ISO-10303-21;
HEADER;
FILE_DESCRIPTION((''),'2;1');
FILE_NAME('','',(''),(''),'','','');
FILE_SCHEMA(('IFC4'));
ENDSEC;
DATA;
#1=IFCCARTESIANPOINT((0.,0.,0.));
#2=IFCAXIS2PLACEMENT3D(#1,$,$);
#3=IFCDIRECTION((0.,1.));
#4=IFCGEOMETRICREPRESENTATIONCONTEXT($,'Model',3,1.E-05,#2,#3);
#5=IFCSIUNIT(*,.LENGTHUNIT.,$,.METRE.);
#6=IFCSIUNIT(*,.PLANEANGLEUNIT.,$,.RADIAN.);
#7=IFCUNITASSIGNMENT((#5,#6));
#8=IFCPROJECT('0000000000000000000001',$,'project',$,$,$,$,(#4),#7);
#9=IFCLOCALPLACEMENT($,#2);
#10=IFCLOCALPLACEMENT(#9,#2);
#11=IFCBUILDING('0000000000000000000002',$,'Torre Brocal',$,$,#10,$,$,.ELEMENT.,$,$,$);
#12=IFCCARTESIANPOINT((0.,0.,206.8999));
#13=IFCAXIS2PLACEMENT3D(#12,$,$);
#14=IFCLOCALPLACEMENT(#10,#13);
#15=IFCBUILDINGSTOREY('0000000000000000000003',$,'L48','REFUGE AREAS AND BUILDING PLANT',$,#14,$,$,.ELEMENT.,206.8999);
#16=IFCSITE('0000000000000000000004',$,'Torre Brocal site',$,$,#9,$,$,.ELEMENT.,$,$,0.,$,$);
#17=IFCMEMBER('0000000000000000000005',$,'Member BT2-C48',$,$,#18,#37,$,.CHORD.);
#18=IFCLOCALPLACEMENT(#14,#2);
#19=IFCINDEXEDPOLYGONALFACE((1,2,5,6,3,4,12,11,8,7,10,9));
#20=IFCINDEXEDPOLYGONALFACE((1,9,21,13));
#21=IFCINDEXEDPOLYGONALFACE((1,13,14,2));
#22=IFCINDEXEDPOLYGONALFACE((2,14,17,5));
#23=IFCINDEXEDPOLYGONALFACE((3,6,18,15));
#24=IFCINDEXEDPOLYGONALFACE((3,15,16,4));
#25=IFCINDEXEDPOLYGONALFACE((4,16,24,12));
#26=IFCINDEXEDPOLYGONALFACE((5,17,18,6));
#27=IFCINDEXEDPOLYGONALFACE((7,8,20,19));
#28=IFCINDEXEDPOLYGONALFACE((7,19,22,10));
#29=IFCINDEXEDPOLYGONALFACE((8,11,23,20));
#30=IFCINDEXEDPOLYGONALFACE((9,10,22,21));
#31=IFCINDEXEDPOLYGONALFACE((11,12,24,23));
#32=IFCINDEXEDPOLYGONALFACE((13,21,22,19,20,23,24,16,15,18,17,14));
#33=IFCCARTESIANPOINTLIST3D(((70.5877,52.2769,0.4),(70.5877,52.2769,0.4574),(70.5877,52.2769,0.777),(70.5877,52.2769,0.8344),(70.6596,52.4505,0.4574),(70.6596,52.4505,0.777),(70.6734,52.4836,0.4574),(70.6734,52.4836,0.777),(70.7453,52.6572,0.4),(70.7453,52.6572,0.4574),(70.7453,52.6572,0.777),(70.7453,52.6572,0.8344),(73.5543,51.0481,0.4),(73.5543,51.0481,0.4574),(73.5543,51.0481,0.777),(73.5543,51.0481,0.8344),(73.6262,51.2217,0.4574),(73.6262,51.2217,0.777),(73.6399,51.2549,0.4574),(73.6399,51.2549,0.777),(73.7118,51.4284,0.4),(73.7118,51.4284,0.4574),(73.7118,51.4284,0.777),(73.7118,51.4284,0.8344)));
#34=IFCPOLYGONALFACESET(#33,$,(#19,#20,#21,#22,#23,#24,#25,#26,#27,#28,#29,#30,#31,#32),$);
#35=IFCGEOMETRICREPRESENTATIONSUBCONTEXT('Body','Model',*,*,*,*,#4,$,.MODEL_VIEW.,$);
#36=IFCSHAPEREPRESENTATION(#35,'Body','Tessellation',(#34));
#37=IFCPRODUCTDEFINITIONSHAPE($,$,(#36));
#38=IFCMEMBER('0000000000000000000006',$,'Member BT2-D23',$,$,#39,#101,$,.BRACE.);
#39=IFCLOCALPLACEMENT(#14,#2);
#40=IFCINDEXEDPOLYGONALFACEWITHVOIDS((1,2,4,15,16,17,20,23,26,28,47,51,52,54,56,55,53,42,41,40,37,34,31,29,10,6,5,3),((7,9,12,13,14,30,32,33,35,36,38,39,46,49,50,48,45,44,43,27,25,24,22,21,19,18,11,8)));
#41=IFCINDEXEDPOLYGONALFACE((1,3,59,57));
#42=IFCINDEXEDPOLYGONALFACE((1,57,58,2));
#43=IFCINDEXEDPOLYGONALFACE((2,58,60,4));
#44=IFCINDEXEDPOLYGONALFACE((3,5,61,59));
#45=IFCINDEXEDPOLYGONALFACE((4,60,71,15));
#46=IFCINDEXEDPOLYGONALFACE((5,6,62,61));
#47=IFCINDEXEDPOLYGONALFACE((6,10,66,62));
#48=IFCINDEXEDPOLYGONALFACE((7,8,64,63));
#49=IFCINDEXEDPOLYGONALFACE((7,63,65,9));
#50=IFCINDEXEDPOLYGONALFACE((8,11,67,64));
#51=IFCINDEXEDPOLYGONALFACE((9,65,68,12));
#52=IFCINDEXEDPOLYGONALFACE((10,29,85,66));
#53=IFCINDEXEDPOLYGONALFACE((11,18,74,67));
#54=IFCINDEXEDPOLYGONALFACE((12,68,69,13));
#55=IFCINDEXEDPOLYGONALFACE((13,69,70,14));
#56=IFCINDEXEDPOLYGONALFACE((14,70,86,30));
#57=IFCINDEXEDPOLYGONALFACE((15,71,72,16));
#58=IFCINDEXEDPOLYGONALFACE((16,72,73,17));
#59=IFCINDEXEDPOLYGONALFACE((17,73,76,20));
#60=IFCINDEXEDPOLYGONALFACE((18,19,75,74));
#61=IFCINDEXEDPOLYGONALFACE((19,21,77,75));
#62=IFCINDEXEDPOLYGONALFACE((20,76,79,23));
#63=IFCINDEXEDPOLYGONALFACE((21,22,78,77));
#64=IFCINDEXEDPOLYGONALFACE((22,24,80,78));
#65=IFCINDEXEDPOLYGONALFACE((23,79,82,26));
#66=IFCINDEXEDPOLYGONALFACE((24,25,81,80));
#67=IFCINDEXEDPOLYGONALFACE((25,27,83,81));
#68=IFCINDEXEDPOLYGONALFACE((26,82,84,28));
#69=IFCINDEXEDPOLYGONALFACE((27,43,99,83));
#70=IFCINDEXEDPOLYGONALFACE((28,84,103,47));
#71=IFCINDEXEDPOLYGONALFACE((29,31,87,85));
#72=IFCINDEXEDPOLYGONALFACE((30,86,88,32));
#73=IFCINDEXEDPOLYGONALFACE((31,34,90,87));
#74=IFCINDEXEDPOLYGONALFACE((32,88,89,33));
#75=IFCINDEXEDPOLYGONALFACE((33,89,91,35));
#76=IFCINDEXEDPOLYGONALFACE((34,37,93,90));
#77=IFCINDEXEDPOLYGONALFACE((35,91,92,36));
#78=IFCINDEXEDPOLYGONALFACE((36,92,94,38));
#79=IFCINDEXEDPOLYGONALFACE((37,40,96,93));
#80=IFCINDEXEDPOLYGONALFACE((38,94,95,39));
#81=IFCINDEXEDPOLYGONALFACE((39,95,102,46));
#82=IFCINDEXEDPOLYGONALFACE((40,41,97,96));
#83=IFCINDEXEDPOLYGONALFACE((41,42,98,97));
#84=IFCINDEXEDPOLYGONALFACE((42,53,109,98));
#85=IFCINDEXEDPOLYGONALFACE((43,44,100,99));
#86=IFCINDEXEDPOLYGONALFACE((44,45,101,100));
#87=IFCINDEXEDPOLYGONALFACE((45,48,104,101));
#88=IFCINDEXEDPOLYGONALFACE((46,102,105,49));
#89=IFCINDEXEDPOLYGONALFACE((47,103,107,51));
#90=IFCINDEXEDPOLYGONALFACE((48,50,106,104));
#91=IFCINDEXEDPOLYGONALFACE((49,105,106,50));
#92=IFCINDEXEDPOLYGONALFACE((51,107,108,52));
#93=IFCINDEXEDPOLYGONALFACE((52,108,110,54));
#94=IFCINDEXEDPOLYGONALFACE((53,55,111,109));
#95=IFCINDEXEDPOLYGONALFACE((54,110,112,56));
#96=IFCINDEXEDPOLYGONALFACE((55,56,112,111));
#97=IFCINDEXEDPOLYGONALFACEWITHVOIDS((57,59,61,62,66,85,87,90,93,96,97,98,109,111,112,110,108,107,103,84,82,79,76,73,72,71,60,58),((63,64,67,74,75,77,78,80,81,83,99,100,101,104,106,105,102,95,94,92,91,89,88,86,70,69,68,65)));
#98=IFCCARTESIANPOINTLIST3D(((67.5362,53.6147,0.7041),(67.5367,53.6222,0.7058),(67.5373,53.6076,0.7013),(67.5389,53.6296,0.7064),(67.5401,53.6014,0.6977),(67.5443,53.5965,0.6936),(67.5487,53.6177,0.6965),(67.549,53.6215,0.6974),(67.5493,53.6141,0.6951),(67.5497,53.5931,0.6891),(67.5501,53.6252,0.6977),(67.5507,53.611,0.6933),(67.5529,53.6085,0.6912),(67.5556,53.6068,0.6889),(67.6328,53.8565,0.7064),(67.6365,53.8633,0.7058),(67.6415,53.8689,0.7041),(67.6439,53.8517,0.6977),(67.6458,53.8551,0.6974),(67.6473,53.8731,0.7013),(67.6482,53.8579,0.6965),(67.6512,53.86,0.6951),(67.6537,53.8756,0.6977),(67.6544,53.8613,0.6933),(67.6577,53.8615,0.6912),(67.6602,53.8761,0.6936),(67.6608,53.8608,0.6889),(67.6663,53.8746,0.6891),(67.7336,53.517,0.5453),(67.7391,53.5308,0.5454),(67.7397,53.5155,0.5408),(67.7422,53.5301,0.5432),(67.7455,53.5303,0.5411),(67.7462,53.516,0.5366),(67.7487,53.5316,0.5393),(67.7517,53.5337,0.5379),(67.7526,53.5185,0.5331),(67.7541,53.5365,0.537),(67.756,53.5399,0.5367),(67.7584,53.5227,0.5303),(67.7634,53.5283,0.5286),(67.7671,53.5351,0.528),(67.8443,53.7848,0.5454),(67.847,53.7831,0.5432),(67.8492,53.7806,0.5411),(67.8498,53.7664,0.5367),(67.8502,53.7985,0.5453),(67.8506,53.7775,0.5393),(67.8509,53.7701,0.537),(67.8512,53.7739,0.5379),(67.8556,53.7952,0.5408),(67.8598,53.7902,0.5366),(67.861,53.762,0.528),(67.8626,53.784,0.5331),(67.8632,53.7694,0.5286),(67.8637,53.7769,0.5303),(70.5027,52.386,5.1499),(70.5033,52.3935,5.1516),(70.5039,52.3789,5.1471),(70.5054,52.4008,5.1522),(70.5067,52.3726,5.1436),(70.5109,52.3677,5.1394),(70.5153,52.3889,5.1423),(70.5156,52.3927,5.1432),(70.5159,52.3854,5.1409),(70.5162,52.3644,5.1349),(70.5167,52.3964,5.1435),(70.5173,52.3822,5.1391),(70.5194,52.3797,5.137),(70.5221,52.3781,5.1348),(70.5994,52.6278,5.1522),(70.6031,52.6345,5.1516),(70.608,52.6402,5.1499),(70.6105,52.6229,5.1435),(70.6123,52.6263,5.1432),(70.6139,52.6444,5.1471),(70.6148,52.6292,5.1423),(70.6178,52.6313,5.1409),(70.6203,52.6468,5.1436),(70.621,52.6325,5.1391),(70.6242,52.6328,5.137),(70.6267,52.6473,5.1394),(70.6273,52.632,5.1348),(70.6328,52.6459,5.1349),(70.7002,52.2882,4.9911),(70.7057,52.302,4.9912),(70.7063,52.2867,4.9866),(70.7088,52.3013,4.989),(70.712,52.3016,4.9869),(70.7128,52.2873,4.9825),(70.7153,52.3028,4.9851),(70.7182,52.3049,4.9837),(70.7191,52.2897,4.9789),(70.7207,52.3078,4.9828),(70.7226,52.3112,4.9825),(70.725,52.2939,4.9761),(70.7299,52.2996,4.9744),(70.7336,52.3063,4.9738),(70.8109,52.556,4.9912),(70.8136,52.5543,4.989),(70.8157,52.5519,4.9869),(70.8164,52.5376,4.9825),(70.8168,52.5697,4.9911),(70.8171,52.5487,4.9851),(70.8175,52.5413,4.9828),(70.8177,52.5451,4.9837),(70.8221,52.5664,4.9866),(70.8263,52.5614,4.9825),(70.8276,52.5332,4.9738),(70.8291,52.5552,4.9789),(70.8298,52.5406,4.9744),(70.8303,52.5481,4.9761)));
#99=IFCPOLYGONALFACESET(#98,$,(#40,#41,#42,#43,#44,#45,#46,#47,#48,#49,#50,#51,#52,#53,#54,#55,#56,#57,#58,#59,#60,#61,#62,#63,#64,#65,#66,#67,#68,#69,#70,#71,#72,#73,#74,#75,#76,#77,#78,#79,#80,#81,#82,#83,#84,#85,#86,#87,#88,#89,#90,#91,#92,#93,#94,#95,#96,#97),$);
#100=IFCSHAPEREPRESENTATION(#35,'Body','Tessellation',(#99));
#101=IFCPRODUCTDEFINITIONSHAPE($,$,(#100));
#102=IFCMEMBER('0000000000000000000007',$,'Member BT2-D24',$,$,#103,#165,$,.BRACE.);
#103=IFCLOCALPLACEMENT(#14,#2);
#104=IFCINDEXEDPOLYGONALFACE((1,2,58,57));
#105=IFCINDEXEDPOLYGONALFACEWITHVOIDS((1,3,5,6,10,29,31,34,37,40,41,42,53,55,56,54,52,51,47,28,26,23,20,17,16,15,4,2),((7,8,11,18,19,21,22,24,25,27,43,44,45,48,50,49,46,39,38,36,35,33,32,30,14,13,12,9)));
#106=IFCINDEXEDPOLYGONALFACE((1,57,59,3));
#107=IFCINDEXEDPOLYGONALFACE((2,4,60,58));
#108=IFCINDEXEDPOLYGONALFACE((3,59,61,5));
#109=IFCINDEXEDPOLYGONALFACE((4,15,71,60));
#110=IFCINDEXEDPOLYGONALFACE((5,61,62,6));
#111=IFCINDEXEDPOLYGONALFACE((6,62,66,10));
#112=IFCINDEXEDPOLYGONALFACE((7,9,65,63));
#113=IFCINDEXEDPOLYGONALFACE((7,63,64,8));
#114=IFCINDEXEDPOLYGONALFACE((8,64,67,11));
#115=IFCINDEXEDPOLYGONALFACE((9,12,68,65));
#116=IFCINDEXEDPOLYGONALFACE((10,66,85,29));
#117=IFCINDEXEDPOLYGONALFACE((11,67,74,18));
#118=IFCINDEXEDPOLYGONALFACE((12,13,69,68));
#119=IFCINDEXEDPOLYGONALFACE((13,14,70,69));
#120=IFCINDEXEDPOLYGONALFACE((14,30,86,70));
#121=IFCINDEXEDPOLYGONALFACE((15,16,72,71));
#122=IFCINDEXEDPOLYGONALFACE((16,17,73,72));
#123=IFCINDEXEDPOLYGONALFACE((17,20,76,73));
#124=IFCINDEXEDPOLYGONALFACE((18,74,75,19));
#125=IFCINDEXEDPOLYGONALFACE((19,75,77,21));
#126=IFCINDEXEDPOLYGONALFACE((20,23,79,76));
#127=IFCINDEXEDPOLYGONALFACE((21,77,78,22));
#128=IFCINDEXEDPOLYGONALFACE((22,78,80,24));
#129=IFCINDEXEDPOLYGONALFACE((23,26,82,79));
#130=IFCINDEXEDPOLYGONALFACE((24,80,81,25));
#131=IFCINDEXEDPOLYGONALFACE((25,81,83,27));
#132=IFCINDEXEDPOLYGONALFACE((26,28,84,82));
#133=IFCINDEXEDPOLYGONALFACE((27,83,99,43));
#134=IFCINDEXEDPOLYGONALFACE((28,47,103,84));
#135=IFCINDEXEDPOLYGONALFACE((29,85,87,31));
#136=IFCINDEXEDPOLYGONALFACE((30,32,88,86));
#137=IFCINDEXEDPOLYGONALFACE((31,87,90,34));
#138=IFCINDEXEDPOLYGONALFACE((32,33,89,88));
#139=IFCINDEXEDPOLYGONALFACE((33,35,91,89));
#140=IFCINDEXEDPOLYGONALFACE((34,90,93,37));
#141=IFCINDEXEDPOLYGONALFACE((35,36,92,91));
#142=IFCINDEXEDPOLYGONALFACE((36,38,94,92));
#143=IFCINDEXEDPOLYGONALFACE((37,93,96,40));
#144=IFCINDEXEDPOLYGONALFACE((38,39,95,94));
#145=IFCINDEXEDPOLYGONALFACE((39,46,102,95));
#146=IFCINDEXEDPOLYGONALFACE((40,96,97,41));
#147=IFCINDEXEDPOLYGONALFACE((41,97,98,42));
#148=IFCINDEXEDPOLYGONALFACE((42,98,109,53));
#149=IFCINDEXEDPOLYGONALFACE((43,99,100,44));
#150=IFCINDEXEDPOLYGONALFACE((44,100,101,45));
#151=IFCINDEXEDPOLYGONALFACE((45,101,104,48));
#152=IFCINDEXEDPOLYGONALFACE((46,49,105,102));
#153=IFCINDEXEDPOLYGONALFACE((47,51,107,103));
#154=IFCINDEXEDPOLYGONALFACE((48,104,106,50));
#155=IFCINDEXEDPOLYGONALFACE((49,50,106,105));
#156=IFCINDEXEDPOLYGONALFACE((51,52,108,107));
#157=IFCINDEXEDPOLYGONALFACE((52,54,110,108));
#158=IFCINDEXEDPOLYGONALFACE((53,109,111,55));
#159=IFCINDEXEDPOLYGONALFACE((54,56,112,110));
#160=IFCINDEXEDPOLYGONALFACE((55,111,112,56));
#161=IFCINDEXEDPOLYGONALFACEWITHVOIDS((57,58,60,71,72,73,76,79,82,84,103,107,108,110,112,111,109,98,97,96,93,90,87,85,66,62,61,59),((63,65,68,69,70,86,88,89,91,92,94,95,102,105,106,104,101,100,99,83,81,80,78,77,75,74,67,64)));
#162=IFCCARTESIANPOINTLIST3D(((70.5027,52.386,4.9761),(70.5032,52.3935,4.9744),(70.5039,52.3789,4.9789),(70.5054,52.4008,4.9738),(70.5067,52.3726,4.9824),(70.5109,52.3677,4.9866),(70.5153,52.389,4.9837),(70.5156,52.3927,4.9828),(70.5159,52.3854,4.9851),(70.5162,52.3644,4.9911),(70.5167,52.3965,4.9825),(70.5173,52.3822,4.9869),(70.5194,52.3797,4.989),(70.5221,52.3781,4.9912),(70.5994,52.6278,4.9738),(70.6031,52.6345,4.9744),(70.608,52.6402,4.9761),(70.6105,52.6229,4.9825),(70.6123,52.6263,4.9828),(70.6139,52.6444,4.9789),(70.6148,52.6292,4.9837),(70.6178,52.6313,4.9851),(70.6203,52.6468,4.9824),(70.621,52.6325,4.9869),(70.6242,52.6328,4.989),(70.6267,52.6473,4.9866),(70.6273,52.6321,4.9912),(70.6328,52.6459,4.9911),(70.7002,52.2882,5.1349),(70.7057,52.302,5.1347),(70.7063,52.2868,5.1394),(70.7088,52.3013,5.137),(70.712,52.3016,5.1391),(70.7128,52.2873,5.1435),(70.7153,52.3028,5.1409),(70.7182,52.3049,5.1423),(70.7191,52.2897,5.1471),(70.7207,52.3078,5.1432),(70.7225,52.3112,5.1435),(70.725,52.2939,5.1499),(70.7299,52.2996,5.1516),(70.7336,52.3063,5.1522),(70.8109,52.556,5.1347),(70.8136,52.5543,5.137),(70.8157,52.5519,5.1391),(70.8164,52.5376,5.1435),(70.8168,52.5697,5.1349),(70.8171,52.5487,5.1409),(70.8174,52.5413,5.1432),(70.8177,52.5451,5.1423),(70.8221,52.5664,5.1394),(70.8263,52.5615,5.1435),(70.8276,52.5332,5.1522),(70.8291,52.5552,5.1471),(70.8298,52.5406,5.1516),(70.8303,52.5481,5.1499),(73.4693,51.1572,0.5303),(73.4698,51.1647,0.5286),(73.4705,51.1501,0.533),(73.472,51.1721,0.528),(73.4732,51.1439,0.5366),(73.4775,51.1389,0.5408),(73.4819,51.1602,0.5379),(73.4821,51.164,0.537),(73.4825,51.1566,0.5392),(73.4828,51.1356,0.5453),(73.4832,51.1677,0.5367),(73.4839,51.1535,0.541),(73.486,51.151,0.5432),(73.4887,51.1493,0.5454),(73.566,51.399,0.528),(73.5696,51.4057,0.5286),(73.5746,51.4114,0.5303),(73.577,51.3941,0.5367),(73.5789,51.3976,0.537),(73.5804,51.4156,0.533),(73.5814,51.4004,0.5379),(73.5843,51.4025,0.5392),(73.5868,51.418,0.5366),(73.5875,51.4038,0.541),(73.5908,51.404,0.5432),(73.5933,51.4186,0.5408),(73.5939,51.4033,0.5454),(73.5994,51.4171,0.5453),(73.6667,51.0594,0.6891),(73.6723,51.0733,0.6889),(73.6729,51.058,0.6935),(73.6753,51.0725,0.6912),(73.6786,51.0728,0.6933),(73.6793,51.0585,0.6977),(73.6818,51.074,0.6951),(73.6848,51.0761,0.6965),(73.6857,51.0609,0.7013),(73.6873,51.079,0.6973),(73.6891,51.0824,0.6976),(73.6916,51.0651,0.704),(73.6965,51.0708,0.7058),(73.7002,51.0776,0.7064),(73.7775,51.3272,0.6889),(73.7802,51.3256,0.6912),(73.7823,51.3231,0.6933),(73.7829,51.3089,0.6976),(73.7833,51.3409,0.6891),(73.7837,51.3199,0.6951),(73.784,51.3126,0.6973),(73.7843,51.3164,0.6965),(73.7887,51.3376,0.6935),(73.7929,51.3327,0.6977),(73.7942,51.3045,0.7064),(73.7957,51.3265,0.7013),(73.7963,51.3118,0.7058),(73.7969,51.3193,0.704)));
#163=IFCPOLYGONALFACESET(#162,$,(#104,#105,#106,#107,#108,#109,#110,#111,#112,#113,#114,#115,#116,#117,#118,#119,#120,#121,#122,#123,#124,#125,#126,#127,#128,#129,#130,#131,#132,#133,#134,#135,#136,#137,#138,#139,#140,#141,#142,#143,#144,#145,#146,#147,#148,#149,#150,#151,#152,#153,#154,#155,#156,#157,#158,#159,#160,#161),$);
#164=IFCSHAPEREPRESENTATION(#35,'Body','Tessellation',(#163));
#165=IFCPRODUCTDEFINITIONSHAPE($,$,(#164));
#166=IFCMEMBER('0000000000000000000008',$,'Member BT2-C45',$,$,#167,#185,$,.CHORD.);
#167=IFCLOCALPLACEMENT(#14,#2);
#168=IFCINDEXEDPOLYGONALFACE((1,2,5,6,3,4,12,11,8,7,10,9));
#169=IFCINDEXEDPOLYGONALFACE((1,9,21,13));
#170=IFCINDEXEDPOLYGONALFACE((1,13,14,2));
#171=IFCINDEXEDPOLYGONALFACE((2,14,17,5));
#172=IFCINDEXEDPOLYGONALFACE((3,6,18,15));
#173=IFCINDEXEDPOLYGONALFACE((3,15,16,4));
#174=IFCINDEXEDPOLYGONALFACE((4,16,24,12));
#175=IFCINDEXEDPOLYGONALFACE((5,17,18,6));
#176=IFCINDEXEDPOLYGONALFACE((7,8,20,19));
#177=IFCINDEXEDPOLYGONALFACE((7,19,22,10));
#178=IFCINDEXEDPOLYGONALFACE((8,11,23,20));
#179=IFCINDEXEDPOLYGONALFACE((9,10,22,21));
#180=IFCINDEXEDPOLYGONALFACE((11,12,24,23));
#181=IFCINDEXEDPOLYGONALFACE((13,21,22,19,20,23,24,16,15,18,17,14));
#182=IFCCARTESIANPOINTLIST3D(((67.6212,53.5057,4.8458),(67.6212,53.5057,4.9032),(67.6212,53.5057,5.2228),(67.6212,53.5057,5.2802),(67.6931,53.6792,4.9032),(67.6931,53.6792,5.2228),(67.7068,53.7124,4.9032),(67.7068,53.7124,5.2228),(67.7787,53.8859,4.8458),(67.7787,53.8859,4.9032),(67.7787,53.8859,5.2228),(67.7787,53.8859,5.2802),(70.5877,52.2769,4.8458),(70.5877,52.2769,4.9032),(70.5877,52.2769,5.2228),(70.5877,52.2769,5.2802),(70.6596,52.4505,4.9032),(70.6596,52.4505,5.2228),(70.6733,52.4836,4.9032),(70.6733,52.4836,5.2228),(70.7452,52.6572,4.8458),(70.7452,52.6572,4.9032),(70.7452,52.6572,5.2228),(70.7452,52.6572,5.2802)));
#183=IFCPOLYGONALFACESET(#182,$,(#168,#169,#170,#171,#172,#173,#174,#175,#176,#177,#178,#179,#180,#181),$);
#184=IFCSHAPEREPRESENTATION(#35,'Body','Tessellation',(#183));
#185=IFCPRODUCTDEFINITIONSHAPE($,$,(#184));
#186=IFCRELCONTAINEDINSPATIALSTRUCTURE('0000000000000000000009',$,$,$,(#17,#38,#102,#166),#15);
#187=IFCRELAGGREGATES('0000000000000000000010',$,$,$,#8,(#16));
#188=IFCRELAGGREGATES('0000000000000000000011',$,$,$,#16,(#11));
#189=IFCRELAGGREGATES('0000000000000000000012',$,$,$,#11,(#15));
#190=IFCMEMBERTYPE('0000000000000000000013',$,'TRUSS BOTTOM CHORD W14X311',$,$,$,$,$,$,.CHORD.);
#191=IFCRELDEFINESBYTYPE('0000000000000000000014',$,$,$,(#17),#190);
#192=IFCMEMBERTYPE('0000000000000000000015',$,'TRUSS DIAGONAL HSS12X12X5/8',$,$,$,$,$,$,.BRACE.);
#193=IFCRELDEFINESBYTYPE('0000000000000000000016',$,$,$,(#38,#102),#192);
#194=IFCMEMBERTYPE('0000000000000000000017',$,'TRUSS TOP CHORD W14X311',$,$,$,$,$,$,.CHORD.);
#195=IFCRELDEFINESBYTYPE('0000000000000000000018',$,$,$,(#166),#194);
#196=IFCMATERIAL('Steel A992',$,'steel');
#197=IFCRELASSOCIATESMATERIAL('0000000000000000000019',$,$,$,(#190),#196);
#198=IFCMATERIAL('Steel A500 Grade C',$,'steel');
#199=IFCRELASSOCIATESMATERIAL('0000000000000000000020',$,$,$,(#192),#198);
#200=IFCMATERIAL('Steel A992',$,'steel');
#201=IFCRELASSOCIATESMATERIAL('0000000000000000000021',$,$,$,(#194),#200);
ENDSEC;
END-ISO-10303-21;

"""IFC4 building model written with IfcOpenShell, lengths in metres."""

from ifc_helpers import new_model, si_unit, direction, frame, origin, origin_2d, place, context, subcontext, project, spatial, hollow_rectangle, i_section, extrude, material, material_profile, profile_set, type_object, element, save


model = new_model("IFC4")

# Units and contexts
model_context = context("Model", 3, precision=1e-05, world=origin(), true_north=direction((0.0, 1.0)))
body_context = subcontext(model_context, "Body", "Model", "MODEL_VIEW")
ifc_project = project(units=[si_unit("LENGTHUNIT", "METRE"), si_unit("PLANEANGLEUNIT", "RADIAN")], contexts=[model_context])

# Site, building, storey
site_placement = place(None, origin())
site = spatial("IfcSite", under=ifc_project, at=site_placement, Name="Torre Brocal site", CompositionType="ELEMENT", RefElevation=0.0)
building_placement = place(site_placement, origin())
building = spatial("IfcBuilding", under=site, at=building_placement, Name="Torre Brocal", CompositionType="ELEMENT")
storey_placement = place(building_placement, frame((0.0, 0.0, 206.8999)))
storey = spatial("IfcBuildingStorey", under=building, at=storey_placement, Name="L48", Description="REFUGE AREAS AND BUILDING PLANT", CompositionType="ELEMENT", Elevation=206.8999)

# Members
ifc_material_1 = material(Name="Steel A992", Category="steel")
ifc_material_profile_1 = material_profile(ifc_material_1, i_section(OverallWidth=0.4116, OverallDepth=0.4343, WebThickness=0.0359, FlangeThickness=0.0574, at=origin_2d()), Name="W14X311")
ifc_profile_set_1 = profile_set([ifc_material_profile_1], Name="Steel A992")
member_type_1 = type_object("IfcMemberType", Name="TRUSS BOTTOM CHORD W14X311", PredefinedType="CHORD", material=ifc_profile_set_1)
for number, where, z_axis, x_axis, name in (
    (1, (70.6665, 52.467, 0.6172), (0.923882, -0.382676, 0.0), (0.382676, 0.923882, 0.0), "Member BT2-C48"),
):
    element("IfcMember", number, at=place(storey_placement, frame(where, z_axis=z_axis, x_axis=x_axis)), inside=storey, type_object=member_type_1, Name=name, PredefinedType="CHORD", context=body_context, shape_type="SweptSolid", body=[
        extrude(i_section(OverallWidth=0.4116, OverallDepth=0.4343, WebThickness=0.0359, FlangeThickness=0.0574, at=origin_2d()), origin(), (0.0, 0.0, 1.0), 3.2109),
    ])
ifc_material_2 = material(Name="Steel A500 Grade C", Category="steel")
ifc_material_profile_2 = material_profile(ifc_material_2, hollow_rectangle(XDim=0.3047, YDim=0.3047, WallThickness=0.0149, InnerFilletRadius=0.0149, OuterFilletRadius=0.0295, at=origin_2d()), Name="HSS12X12X5/8")
ifc_profile_set_2 = profile_set([ifc_material_profile_2], Name="Steel A500 Grade C")
member_type_2 = type_object("IfcMemberType", Name="TRUSS DIAGONAL HSS12X12X5/8", PredefinedType="BRACE", material=ifc_profile_set_2)
for number, where, z_axis, x_axis, name in (
    (2, (67.7, 53.6958, 0.6172), (0.540936, -0.224058, 0.81067), (0.382676, 0.923882, 0.0), "Member BT2-D23"),
    (3, (70.6665, 52.467, 5.063), (0.540936, -0.224058, -0.81067), (0.382676, 0.923882, 0.0), "Member BT2-D24"),
):
    element("IfcMember", number, at=place(storey_placement, frame(where, z_axis=z_axis, x_axis=x_axis)), inside=storey, type_object=member_type_2, Name=name, PredefinedType="BRACE", context=body_context, shape_type="SweptSolid", body=[
        extrude(hollow_rectangle(XDim=0.3047, YDim=0.3047, WallThickness=0.0149, InnerFilletRadius=0.0149, OuterFilletRadius=0.0295, at=origin_2d()), origin(), (0.0, 0.0, 1.0), 5.4841),
    ])
ifc_material_3 = material(Name="Steel A992", Category="steel")
ifc_material_profile_3 = material_profile(ifc_material_3, i_section(OverallWidth=0.4116, OverallDepth=0.4343, WebThickness=0.0359, FlangeThickness=0.0574, at=origin_2d()), Name="W14X311")
ifc_profile_set_3 = profile_set([ifc_material_profile_3], Name="Steel A992")
member_type_3 = type_object("IfcMemberType", Name="TRUSS TOP CHORD W14X311", PredefinedType="CHORD", material=ifc_profile_set_3)
for number, where, z_axis, x_axis, name in (
    (4, (67.7, 53.6958, 5.063), (0.923882, -0.382676, 0.0), (0.382676, 0.923882, 0.0), "Member BT2-C45"),
):
    element("IfcMember", number, at=place(storey_placement, frame(where, z_axis=z_axis, x_axis=x_axis)), inside=storey, type_object=member_type_3, Name=name, PredefinedType="CHORD", context=body_context, shape_type="SweptSolid", body=[
        extrude(i_section(OverallWidth=0.4116, OverallDepth=0.4343, WebThickness=0.0359, FlangeThickness=0.0574, at=origin_2d()), origin(), (0.0, 0.0, 1.0), 3.2109),
    ])

save(model, "model.ifc")
